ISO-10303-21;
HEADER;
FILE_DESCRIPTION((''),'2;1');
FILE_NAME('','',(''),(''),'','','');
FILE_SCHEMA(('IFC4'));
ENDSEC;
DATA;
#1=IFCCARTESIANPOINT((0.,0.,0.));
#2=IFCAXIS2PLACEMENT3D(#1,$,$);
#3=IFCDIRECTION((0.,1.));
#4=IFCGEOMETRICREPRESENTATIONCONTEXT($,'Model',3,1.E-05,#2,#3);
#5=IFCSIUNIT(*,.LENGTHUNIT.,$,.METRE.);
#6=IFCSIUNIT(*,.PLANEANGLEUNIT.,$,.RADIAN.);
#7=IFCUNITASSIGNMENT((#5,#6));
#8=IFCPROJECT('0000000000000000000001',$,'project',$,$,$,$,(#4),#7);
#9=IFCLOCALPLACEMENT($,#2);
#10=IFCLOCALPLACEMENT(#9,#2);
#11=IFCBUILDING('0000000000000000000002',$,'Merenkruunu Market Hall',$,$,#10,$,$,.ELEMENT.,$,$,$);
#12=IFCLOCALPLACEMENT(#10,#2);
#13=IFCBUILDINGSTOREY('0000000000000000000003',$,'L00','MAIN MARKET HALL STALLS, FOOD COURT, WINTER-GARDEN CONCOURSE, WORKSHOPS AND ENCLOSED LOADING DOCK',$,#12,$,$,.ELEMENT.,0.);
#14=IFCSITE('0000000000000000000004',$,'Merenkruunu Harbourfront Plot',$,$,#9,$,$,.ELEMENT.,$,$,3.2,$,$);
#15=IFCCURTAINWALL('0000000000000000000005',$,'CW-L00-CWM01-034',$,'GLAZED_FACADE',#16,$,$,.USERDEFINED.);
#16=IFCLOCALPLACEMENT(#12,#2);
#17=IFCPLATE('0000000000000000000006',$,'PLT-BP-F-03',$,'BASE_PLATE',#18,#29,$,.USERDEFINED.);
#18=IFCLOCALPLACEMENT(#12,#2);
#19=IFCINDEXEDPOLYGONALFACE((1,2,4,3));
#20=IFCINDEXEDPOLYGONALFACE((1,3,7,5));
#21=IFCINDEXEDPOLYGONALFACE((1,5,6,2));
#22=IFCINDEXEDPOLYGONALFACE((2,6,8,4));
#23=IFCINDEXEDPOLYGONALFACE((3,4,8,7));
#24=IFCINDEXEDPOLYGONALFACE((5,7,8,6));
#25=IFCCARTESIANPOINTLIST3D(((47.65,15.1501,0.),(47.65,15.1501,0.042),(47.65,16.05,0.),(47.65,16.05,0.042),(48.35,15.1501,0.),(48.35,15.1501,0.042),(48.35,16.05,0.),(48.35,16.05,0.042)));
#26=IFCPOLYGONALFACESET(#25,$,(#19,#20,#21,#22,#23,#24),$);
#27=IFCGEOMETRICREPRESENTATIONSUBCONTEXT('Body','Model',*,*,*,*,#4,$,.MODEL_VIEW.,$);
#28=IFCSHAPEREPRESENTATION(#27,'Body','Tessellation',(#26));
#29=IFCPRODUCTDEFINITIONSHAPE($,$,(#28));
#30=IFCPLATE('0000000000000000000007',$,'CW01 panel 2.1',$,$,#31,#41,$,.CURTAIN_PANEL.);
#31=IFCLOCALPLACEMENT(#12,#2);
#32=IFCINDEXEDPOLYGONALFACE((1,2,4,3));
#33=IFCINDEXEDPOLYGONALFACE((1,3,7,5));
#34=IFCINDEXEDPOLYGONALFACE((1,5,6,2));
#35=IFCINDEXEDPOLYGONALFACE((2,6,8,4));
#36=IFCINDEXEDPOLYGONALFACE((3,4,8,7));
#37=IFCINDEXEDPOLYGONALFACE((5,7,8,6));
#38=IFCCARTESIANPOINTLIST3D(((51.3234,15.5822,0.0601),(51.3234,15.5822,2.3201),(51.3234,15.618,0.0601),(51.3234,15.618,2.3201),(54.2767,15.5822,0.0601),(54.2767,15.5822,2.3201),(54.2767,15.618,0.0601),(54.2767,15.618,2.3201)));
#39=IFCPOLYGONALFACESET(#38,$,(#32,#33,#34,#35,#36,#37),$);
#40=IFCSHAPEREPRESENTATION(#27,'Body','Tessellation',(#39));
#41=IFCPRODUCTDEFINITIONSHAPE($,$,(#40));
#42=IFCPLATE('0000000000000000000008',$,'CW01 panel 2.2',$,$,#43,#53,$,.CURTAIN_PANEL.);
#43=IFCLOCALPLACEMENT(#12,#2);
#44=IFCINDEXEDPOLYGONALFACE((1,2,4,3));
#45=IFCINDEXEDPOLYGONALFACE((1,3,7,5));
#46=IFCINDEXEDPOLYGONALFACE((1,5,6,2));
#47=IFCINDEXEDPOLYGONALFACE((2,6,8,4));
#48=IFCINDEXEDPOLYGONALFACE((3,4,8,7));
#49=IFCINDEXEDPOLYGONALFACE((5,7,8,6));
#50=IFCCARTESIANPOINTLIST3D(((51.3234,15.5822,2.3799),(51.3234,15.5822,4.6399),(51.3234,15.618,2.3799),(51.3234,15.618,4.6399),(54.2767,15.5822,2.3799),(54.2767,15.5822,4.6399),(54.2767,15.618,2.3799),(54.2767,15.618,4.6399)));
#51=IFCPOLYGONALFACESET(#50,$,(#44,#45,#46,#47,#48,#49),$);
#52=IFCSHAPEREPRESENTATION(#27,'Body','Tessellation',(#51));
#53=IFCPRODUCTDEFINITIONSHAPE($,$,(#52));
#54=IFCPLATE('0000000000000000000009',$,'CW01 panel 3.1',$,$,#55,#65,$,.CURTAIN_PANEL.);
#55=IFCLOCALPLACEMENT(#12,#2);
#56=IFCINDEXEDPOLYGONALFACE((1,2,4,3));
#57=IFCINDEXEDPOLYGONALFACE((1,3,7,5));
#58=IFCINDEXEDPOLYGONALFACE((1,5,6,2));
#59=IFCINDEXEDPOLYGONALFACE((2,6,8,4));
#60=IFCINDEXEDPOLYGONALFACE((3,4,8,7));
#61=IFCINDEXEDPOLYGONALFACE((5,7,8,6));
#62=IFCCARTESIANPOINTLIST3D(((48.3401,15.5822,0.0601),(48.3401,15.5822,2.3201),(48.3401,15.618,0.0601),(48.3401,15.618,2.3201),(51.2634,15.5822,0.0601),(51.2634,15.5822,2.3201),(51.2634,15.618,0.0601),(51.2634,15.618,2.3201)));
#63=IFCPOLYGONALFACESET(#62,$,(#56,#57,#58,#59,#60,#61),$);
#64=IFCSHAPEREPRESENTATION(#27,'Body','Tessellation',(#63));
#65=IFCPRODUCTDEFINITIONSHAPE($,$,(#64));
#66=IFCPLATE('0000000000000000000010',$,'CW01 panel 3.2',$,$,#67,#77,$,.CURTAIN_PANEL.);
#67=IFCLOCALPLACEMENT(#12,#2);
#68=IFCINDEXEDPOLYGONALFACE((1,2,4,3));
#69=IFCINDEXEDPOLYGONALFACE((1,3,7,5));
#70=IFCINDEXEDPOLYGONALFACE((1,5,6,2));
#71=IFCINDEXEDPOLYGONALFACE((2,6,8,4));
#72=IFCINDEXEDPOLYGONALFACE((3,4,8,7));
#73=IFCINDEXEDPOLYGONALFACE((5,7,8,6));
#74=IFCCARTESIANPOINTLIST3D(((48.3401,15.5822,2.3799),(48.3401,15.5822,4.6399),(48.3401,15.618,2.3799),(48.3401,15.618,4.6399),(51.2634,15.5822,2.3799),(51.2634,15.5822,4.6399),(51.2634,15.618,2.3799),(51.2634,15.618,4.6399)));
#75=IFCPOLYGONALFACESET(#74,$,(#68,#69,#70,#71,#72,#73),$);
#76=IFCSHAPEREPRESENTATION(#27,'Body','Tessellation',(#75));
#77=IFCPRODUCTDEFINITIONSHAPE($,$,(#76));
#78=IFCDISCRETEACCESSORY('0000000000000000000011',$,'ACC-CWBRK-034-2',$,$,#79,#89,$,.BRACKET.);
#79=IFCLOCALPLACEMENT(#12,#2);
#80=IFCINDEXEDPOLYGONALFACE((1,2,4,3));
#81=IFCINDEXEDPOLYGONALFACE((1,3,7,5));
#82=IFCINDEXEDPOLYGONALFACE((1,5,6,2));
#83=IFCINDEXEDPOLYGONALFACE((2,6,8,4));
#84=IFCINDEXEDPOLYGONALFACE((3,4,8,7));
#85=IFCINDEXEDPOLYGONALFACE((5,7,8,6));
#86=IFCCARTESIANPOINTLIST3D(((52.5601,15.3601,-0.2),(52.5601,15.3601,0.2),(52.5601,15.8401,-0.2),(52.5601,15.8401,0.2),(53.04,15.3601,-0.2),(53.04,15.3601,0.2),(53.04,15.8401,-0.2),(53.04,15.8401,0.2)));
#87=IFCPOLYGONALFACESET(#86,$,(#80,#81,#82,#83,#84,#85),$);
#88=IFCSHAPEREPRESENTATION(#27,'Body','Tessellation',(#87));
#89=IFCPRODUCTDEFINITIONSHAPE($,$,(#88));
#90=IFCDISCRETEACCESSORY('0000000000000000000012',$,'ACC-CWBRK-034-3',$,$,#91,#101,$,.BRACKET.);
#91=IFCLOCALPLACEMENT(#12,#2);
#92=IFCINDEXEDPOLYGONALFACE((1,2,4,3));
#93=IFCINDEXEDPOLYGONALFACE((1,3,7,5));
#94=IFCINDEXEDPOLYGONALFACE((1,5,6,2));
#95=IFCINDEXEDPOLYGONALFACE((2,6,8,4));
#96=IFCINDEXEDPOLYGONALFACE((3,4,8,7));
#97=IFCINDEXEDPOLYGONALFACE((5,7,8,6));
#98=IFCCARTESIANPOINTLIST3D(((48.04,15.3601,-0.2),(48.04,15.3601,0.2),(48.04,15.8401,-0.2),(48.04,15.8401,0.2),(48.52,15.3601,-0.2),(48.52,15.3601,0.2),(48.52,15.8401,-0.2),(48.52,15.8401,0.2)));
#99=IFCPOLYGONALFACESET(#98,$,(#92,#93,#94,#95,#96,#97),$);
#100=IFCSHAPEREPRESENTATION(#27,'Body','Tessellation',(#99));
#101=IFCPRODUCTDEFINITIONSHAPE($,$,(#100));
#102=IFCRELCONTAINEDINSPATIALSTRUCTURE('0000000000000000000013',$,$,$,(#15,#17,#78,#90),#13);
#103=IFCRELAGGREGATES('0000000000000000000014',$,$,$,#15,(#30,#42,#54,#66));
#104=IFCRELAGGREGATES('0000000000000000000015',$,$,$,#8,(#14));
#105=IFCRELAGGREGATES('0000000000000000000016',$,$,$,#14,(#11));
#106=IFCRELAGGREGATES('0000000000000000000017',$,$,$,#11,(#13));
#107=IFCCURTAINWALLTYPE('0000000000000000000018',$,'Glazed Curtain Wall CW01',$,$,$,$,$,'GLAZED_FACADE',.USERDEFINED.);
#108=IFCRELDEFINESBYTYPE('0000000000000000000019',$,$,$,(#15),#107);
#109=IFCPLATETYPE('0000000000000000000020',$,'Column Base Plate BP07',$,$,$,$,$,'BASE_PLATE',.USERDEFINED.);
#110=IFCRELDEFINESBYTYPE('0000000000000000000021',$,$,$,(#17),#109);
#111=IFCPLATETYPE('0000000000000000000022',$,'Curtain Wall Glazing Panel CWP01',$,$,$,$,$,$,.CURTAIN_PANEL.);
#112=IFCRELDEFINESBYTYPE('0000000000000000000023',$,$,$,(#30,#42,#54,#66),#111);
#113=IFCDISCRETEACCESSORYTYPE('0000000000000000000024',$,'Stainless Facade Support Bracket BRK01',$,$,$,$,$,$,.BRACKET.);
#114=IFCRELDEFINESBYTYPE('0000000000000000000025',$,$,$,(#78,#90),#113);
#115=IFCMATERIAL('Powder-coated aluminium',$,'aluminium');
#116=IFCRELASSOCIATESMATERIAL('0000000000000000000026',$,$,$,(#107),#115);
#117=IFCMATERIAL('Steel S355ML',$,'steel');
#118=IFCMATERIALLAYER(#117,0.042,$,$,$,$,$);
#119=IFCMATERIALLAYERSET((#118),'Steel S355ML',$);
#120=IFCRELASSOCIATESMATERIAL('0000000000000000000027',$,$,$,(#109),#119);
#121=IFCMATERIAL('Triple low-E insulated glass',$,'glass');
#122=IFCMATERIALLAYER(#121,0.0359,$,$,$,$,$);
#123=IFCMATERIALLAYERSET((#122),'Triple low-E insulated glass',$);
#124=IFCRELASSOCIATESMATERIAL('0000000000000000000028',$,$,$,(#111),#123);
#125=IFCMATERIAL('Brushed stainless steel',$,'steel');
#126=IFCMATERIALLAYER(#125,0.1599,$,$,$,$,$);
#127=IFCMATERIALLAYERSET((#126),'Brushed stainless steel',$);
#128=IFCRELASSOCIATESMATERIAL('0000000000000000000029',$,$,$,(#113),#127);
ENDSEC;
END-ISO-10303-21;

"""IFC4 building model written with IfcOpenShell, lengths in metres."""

from ifc_helpers import new_model, si_unit, direction, frame, origin, origin_2d, place, context, subcontext, project, spatial, rectangle, extrude, material, layer, layer_set, type_object, element, aggregate, save


model = new_model("IFC4")

# Units and contexts
model_context = context("Model", 3, precision=1e-05, world=origin(), true_north=direction((0.0, 1.0)))
body_context = subcontext(model_context, "Body", "Model", "MODEL_VIEW")
ifc_project = project(units=[si_unit("LENGTHUNIT", "METRE"), si_unit("PLANEANGLEUNIT", "RADIAN")], contexts=[model_context])

# Site, building, storey
site_placement = place(None, origin())
site = spatial("IfcSite", under=ifc_project, at=site_placement, Name="Merenkruunu Harbourfront Plot", CompositionType="ELEMENT", RefElevation=3.2)
building_placement = place(site_placement, origin())
building = spatial("IfcBuilding", under=site, at=building_placement, Name="Merenkruunu Market Hall", CompositionType="ELEMENT")
storey_placement = place(building_placement, origin())
storey = spatial("IfcBuildingStorey", under=building, at=storey_placement, Name="L00", Description="MAIN MARKET HALL STALLS, FOOD COURT, WINTER-GARDEN CONCOURSE, WORKSHOPS AND ENCLOSED LOADING DOCK", CompositionType="ELEMENT", Elevation=0.0)

# Curtain wall
ifc_material_1 = material(Name="Powder-coated aluminium", Category="aluminium")
curtain_wall_type = type_object("IfcCurtainWallType", Name="Glazed Curtain Wall CW01", ElementType="GLAZED_FACADE", PredefinedType="USERDEFINED", material=ifc_material_1)
curtain_wall_placement = place(storey_placement, origin())
curtain_wall = element("IfcCurtainWall", 1, at=curtain_wall_placement, inside=storey, type_object=curtain_wall_type, Name="CW-L00-CWM01-034", ObjectType="GLAZED_FACADE", PredefinedType="USERDEFINED")

# Plates
ifc_material_2 = material(Name="Steel S355ML", Category="steel")
ifc_layer_1 = layer(ifc_material_2, 0.042)
ifc_layer_set_1 = layer_set([ifc_layer_1], Name="Steel S355ML")
plate_type_1 = type_object("IfcPlateType", Name="Column Base Plate BP07", ElementType="BASE_PLATE", PredefinedType="USERDEFINED", material=ifc_layer_set_1)
plate_1_placement = place(storey_placement, frame((48.0, 15.6001, 0.0), z_axis=(0.0, 0.0, 1.0), x_axis=(1.0, 0.0, 0.0)))
element("IfcPlate", 2, at=plate_1_placement, inside=storey, type_object=plate_type_1, Name="PLT-BP-F-03", ObjectType="BASE_PLATE", PredefinedType="USERDEFINED", context=body_context, shape_type="SweptSolid", body=[
    extrude(rectangle(XDim=0.7, YDim=0.8999, at=origin_2d()), origin(), (0.0, 0.0, 1.0), 0.042),
])
ifc_material_3 = material(Name="Triple low-E insulated glass", Category="glass")
ifc_layer_2 = layer(ifc_material_3, 0.0359)
ifc_layer_set_2 = layer_set([ifc_layer_2], Name="Triple low-E insulated glass")
plate_type_2 = type_object("IfcPlateType", Name="Curtain Wall Glazing Panel CWP01", PredefinedType="CURTAIN_PANEL", material=ifc_layer_set_2)
plate_2_placement = place(storey_placement, frame((52.8, 15.6001, 0.0601), z_axis=(0.0, 0.0, 1.0), x_axis=(-1.0, 0.0, 0.0)))
plate_2 = element("IfcPlate", 3, at=plate_2_placement, type_object=plate_type_2, Name="CW01 panel 2.1", PredefinedType="CURTAIN_PANEL", context=body_context, shape_type="SweptSolid", body=[
    extrude(rectangle(XDim=2.9534, YDim=0.0359, at=origin_2d()), origin(), (0.0, 0.0, 1.0), 2.26),
])
plate_3_placement = place(storey_placement, frame((52.8, 15.6001, 2.3799), z_axis=(0.0, 0.0, 1.0), x_axis=(-1.0, 0.0, 0.0)))
plate_3 = element("IfcPlate", 4, at=plate_3_placement, type_object=plate_type_2, Name="CW01 panel 2.2", PredefinedType="CURTAIN_PANEL", context=body_context, shape_type="SweptSolid", body=[
    extrude(rectangle(XDim=2.9534, YDim=0.0359, at=origin_2d()), origin(), (0.0, 0.0, 1.0), 2.26),
])
plate_4_placement = place(storey_placement, frame((49.8018, 15.6001, 0.0601), z_axis=(0.0, 0.0, 1.0), x_axis=(-1.0, 0.0, 0.0)))
plate_4 = element("IfcPlate", 5, at=plate_4_placement, type_object=plate_type_2, Name="CW01 panel 3.1", PredefinedType="CURTAIN_PANEL", context=body_context, shape_type="SweptSolid", body=[
    extrude(rectangle(XDim=2.9233, YDim=0.0359, at=origin_2d()), origin(), (0.0, 0.0, 1.0), 2.26),
])
plate_5_placement = place(storey_placement, frame((49.8018, 15.6001, 2.3799), z_axis=(0.0, 0.0, 1.0), x_axis=(-1.0, 0.0, 0.0)))
plate_5 = element("IfcPlate", 6, at=plate_5_placement, type_object=plate_type_2, Name="CW01 panel 3.2", PredefinedType="CURTAIN_PANEL", context=body_context, shape_type="SweptSolid", body=[
    extrude(rectangle(XDim=2.9233, YDim=0.0359, at=origin_2d()), origin(), (0.0, 0.0, 1.0), 2.26),
])
aggregate(curtain_wall, [plate_2, plate_3, plate_4, plate_5])

# Discrete accessories
ifc_material_4 = material(Name="Brushed stainless steel", Category="steel")
ifc_layer_3 = layer(ifc_material_4, 0.1599)
ifc_layer_set_3 = layer_set([ifc_layer_3], Name="Brushed stainless steel")
discrete_accessory_type = type_object("IfcDiscreteAccessoryType", Name="Stainless Facade Support Bracket BRK01", PredefinedType="BRACKET", material=ifc_layer_set_3)
for number, where, z_axis, x_axis, name in (
    (7, (52.8, 15.6001, -0.2), (0.0, 0.0, 1.0), (1.0, 0.0, 0.0), "ACC-CWBRK-034-2"),
    (8, (48.28, 15.6001, -0.2), (0.0, 0.0, 1.0), (1.0, 0.0, 0.0), "ACC-CWBRK-034-3"),
):
    element("IfcDiscreteAccessory", number, at=place(storey_placement, frame(where, z_axis=z_axis, x_axis=x_axis)), inside=storey, type_object=discrete_accessory_type, Name=name, PredefinedType="BRACKET", context=body_context, shape_type="SweptSolid", body=[
        extrude(rectangle(XDim=0.48, YDim=0.48, at=origin_2d()), origin(), (0.0, 0.0, 1.0), 0.3999),
    ])

save(model, "model.ifc")
